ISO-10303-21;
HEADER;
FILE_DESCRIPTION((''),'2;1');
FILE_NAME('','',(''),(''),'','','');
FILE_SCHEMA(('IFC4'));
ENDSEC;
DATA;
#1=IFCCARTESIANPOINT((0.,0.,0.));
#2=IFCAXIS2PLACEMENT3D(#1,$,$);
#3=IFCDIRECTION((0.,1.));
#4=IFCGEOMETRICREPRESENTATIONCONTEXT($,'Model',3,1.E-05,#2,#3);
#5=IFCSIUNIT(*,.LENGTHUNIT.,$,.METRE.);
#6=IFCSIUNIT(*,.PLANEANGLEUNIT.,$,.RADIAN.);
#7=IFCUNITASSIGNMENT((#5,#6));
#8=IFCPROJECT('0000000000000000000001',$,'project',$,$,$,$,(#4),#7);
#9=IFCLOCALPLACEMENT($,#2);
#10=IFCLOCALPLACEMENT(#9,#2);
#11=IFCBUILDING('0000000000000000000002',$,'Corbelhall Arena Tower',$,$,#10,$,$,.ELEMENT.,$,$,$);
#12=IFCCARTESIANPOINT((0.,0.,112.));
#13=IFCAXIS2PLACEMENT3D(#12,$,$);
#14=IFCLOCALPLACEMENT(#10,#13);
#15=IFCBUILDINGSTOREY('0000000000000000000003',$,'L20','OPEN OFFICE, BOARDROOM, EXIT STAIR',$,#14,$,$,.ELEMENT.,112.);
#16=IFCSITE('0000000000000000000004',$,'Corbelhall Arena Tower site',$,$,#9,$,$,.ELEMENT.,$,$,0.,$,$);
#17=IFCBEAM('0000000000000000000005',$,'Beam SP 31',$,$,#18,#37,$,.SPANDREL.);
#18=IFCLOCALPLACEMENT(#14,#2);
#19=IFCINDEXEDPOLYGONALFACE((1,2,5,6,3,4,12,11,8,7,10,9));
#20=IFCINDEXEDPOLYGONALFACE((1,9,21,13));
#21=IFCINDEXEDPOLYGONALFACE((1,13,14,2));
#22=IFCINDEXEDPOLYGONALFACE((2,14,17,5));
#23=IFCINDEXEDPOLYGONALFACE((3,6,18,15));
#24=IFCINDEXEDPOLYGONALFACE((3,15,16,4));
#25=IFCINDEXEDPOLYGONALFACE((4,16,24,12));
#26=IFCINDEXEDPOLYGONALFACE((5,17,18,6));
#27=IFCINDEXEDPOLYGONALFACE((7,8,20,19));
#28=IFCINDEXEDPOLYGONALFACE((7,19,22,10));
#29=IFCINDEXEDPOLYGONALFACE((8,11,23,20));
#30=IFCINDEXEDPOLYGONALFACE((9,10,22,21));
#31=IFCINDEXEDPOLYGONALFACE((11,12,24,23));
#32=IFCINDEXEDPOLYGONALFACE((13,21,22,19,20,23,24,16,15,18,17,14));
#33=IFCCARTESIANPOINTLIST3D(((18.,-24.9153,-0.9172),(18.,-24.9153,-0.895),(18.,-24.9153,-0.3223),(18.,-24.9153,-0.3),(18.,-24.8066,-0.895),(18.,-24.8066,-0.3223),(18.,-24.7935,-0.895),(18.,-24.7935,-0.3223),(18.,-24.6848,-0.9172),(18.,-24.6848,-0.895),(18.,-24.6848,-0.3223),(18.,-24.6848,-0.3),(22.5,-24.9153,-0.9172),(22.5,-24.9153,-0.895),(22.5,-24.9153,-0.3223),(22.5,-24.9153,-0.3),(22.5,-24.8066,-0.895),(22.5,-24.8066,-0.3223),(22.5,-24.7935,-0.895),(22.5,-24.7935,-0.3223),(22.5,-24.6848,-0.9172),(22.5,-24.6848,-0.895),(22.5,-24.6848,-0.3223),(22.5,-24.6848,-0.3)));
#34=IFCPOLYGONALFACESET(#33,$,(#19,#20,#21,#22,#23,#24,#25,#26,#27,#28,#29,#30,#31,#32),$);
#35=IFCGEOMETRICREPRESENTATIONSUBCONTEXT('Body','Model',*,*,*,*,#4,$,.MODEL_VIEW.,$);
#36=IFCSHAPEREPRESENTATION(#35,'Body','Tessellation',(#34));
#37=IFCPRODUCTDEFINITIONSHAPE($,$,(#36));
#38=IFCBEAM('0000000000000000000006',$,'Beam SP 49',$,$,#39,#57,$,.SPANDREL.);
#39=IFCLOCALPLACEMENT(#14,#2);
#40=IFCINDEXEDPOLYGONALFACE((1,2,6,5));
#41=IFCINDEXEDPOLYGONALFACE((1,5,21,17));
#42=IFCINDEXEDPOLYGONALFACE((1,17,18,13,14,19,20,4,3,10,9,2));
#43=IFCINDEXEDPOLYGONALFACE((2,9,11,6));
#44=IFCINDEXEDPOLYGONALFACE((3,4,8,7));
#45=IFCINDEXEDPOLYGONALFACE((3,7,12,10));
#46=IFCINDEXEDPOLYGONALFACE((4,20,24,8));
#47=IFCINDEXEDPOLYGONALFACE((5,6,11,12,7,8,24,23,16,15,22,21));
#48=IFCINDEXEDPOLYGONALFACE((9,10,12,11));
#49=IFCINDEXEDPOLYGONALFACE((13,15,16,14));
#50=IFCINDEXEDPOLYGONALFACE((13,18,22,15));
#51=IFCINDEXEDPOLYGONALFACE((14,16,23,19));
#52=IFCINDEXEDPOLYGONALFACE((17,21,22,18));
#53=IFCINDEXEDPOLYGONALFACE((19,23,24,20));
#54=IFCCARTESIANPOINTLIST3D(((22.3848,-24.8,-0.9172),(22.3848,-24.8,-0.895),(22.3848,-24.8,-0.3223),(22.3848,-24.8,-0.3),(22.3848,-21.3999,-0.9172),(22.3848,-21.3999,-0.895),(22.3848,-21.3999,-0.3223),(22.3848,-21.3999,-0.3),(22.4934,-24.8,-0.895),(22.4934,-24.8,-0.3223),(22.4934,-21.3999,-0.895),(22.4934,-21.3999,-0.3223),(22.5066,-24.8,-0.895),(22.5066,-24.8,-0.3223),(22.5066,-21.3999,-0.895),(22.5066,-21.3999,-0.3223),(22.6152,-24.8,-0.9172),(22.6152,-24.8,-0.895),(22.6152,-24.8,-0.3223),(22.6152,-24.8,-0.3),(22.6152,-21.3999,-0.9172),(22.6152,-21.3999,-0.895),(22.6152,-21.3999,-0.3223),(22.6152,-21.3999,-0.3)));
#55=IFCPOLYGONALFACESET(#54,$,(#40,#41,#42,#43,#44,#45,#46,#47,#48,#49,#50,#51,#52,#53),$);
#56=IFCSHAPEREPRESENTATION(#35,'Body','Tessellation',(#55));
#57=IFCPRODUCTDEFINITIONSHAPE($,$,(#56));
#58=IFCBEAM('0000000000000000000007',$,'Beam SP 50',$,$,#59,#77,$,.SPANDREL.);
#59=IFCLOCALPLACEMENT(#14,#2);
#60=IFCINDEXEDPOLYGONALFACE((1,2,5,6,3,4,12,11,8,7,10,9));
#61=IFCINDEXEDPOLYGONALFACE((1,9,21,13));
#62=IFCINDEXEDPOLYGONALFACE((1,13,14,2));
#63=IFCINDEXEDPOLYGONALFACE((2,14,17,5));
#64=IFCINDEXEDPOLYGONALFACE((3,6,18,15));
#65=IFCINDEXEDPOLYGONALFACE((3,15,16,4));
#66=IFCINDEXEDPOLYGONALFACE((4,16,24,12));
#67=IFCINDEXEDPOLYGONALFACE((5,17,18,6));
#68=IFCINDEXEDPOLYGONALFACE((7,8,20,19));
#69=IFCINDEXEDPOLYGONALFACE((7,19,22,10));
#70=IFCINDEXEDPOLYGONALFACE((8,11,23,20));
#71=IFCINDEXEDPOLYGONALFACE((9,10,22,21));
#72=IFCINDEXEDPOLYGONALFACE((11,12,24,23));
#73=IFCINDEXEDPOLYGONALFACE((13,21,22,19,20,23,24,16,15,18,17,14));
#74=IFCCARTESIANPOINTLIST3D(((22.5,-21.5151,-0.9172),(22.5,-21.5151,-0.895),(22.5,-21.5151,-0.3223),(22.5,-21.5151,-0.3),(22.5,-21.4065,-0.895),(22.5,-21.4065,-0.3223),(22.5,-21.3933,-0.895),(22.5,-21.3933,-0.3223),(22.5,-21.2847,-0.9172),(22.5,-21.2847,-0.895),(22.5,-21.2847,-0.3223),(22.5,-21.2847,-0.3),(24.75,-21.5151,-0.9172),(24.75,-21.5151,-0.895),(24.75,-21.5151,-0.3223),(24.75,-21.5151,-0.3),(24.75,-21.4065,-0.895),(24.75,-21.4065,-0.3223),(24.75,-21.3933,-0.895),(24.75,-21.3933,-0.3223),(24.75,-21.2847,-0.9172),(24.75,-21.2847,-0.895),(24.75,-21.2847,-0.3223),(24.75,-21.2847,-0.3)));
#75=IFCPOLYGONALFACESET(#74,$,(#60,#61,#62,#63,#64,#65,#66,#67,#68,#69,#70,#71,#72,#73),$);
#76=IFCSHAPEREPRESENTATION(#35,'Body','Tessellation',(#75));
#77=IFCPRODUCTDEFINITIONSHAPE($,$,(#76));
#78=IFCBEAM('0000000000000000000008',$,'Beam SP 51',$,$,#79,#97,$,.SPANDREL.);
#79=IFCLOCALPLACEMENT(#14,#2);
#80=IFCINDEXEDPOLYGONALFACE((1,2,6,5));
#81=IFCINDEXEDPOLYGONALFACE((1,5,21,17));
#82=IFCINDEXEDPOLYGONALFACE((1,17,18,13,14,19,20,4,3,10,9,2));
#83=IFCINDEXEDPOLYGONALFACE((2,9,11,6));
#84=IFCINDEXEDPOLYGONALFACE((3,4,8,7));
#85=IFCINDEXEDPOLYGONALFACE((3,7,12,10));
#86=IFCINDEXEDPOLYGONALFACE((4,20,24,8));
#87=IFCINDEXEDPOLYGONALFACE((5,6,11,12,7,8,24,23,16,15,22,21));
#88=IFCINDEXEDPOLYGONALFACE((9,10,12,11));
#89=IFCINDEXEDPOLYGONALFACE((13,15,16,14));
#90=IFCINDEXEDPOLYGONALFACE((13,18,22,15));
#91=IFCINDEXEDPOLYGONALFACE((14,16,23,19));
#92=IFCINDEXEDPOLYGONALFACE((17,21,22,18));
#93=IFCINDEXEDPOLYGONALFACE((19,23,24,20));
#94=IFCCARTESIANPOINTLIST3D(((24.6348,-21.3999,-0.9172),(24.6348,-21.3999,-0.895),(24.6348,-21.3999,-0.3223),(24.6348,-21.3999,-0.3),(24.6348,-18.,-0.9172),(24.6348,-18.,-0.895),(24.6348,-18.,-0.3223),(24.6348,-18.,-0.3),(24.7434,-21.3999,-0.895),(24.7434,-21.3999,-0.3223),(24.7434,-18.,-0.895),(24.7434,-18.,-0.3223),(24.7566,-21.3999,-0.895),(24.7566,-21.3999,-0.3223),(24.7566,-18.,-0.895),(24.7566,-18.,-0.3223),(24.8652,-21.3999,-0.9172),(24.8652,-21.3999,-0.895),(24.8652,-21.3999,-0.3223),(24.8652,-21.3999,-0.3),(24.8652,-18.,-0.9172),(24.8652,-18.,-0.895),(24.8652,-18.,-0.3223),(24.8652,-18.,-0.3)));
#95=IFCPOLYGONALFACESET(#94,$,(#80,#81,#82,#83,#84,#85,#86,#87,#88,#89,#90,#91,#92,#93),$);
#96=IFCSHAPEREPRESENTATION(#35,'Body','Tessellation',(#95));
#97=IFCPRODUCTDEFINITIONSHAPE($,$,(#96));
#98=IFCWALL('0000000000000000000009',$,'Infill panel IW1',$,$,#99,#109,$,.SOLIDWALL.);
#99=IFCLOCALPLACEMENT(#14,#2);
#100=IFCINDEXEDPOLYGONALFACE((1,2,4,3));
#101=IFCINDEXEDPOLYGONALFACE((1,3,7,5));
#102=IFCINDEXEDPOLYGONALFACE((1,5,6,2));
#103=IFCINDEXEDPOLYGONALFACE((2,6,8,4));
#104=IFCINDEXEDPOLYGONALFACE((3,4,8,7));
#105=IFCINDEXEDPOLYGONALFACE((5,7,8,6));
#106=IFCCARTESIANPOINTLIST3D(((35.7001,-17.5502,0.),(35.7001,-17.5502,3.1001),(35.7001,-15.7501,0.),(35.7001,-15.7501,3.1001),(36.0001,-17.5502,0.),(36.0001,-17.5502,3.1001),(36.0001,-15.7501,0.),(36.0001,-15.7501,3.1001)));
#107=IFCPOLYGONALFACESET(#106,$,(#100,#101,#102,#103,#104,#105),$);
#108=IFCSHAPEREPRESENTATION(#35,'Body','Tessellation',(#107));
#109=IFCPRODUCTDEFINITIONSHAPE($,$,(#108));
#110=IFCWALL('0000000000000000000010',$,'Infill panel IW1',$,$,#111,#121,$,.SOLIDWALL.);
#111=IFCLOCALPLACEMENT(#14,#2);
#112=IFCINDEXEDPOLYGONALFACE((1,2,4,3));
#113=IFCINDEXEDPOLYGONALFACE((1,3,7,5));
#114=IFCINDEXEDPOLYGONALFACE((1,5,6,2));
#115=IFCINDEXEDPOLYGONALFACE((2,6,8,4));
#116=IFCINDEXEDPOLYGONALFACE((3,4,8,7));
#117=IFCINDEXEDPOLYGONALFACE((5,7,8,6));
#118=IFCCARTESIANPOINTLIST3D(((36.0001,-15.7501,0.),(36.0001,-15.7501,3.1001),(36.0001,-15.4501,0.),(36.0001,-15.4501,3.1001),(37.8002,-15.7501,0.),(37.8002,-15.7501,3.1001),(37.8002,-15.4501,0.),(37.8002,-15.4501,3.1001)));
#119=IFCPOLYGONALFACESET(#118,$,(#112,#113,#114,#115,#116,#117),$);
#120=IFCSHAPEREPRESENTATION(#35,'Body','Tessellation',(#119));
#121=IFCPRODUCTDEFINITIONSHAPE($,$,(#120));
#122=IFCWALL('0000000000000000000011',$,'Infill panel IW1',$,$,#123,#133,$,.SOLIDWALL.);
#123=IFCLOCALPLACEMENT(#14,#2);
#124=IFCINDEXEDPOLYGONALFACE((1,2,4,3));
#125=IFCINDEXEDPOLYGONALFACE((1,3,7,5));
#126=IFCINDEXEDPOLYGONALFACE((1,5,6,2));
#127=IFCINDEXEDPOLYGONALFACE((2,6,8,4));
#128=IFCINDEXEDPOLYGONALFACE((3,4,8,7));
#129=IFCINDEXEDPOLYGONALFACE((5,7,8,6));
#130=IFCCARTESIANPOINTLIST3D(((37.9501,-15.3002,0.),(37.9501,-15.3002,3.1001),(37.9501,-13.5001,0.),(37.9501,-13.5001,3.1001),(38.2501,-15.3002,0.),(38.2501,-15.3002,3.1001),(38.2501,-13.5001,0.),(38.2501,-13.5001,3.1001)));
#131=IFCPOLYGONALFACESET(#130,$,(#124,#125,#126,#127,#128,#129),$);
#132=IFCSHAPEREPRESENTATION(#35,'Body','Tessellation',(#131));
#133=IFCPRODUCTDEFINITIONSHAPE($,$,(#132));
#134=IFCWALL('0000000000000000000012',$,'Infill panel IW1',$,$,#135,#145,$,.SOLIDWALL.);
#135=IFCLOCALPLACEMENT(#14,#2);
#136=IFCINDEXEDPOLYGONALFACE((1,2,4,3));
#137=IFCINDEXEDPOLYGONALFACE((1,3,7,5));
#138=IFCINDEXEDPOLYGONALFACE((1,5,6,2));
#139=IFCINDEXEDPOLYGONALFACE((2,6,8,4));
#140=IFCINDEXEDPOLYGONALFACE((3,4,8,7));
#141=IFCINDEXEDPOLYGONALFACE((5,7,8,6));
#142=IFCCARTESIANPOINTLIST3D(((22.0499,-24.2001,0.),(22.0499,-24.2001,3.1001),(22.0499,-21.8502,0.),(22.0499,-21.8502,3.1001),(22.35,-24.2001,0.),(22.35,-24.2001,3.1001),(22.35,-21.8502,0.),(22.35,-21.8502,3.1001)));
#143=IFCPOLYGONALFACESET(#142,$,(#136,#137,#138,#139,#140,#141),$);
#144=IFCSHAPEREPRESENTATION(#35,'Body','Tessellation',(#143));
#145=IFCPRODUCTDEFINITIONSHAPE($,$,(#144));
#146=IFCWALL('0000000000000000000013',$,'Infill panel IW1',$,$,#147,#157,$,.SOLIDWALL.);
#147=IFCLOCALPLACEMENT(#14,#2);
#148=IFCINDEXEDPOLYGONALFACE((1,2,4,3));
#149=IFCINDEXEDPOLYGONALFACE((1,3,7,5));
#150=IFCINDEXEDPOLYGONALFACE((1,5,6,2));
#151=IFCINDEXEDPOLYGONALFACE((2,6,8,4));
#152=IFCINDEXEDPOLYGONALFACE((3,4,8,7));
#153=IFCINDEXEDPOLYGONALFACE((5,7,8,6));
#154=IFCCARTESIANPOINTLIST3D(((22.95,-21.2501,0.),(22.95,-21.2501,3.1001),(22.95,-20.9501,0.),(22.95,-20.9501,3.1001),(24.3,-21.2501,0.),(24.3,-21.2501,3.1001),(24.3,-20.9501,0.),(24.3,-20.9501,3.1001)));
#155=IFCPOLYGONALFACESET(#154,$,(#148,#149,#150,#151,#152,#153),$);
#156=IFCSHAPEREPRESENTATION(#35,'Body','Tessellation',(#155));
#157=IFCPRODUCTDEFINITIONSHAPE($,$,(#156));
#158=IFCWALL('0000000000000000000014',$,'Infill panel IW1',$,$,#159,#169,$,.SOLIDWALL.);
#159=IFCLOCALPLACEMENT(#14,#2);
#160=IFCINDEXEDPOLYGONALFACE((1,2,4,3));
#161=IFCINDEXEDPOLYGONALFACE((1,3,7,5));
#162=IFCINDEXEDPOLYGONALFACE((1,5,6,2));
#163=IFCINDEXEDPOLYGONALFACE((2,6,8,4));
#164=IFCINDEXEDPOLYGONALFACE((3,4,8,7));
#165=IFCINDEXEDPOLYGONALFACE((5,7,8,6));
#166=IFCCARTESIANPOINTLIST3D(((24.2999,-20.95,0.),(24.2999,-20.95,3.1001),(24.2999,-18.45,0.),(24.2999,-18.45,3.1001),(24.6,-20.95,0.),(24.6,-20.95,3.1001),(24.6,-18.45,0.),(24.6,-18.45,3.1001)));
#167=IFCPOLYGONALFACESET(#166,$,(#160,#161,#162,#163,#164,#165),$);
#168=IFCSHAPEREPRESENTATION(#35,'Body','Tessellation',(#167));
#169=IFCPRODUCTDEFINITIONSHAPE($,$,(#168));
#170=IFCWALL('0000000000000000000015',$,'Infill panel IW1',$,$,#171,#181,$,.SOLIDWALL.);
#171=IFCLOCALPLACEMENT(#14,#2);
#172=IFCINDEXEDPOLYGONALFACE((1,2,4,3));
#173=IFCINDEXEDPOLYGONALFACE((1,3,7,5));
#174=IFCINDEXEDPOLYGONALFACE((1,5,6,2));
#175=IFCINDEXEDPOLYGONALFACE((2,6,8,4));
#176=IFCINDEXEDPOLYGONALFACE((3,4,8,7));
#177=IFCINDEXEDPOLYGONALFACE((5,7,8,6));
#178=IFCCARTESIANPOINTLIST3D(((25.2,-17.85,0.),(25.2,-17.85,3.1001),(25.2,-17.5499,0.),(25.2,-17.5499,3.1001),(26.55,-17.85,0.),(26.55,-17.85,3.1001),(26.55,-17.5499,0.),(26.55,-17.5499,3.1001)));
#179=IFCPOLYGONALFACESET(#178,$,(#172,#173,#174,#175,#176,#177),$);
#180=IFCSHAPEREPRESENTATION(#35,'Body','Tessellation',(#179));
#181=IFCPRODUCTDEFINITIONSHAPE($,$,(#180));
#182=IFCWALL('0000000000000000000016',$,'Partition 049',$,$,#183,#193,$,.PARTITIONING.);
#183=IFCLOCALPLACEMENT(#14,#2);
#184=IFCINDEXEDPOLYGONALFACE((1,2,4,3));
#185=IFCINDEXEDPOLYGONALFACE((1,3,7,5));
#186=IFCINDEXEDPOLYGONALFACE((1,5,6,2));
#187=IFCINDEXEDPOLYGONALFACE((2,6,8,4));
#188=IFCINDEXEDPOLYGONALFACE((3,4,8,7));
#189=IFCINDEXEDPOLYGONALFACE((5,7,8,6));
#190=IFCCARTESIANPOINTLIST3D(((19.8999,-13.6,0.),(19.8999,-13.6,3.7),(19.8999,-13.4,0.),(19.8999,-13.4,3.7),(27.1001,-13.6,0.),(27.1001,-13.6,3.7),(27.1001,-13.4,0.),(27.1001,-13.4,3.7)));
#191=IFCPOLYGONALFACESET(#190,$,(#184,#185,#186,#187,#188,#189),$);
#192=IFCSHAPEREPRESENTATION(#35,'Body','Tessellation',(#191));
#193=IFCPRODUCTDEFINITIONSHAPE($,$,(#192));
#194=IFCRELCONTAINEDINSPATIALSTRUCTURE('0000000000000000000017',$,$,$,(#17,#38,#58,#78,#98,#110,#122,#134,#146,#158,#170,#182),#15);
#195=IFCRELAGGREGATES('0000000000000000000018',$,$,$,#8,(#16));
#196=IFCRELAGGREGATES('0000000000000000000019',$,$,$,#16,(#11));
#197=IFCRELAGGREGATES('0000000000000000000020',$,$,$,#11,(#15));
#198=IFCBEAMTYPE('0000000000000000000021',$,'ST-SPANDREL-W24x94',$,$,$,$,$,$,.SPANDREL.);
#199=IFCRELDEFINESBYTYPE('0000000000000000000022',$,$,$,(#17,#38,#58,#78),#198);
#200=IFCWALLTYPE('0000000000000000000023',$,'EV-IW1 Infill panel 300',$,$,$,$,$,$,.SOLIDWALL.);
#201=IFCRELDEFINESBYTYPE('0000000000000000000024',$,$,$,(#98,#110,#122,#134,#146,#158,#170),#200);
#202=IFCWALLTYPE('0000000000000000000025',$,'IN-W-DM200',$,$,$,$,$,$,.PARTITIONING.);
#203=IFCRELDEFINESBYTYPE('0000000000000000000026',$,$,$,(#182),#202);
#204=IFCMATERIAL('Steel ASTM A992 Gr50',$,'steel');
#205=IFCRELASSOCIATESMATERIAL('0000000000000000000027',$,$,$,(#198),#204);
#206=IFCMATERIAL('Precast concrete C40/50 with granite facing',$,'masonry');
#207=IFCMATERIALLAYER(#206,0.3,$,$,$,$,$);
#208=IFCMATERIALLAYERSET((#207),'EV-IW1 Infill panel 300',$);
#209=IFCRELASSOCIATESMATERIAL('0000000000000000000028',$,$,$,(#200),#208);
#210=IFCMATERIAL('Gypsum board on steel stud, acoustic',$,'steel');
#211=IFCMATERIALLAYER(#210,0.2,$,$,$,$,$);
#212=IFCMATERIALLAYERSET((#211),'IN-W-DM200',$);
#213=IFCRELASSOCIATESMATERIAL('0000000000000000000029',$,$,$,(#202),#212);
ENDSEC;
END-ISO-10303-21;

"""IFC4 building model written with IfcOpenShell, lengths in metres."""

from ifc_helpers import new_model, si_unit, direction, frame, frame_2d, origin, origin_2d, place, context, subcontext, project, spatial, rectangle, i_section, extrude, material, layer, layer_set, material_profile, profile_set, type_object, element, save


model = new_model("IFC4")

# Units and contexts
model_context = context("Model", 3, precision=1e-05, world=origin(), true_north=direction((0.0, 1.0)))
body_context = subcontext(model_context, "Body", "Model", "MODEL_VIEW")
ifc_project = project(units=[si_unit("LENGTHUNIT", "METRE"), si_unit("PLANEANGLEUNIT", "RADIAN")], contexts=[model_context])

# Site, building, storey
site_placement = place(None, origin())
site = spatial("IfcSite", under=ifc_project, at=site_placement, Name="Corbelhall Arena Tower site", CompositionType="ELEMENT", RefElevation=0.0)
building_placement = place(site_placement, origin())
building = spatial("IfcBuilding", under=site, at=building_placement, Name="Corbelhall Arena Tower", CompositionType="ELEMENT")
storey_placement = place(building_placement, frame((0.0, 0.0, 112.0)))
storey = spatial("IfcBuildingStorey", under=building, at=storey_placement, Name="L20", Description="OPEN OFFICE, BOARDROOM, EXIT STAIR", CompositionType="ELEMENT", Elevation=112.0)

# Beams
ifc_material_1 = material(Name="Steel ASTM A992 Gr50", Category="steel")
ifc_material_profile_1 = material_profile(ifc_material_1, i_section(OverallWidth=0.2305, OverallDepth=0.6172, WebThickness=0.0132, FlangeThickness=0.0222, at=origin_2d()))
ifc_profile_set_1 = profile_set([ifc_material_profile_1], Name="Steel ASTM A992 Gr50")
beam_type = type_object("IfcBeamType", Name="ST-SPANDREL-W24x94", PredefinedType="SPANDREL", material=ifc_profile_set_1)
beam_1_placement = place(storey_placement, frame((22.5, -24.8, -0.6086), z_axis=(-1.0, 0.0, 0.0), x_axis=(0.0, -1.0, 0.0)))
element("IfcBeam", 1, at=beam_1_placement, inside=storey, type_object=beam_type, Name="Beam SP 31", PredefinedType="SPANDREL", context=body_context, shape_type="SweptSolid", body=[
    extrude(i_section(OverallWidth=0.2305, OverallDepth=0.6172, WebThickness=0.0132, FlangeThickness=0.0222, at=origin_2d()), origin(), (0.0, 0.0, 1.0), 4.5),
])
beam_2_placement = place(storey_placement, frame((22.5, -21.3999, -0.6086), z_axis=(0.0, -1.0, 0.0), x_axis=(1.0, 0.0, 0.0)))
element("IfcBeam", 2, at=beam_2_placement, inside=storey, type_object=beam_type, Name="Beam SP 49", PredefinedType="SPANDREL", context=body_context, shape_type="SweptSolid", body=[
    extrude(i_section(OverallWidth=0.2305, OverallDepth=0.6172, WebThickness=0.0132, FlangeThickness=0.0222, at=origin_2d()), origin(), (0.0, 0.0, 1.0), 3.4001),
])
beam_3_placement = place(storey_placement, frame((24.75, -21.3999, -0.6086), z_axis=(-1.0, 0.0, 0.0), x_axis=(0.0, -1.0, 0.0)))
element("IfcBeam", 3, at=beam_3_placement, inside=storey, type_object=beam_type, Name="Beam SP 50", PredefinedType="SPANDREL", context=body_context, shape_type="SweptSolid", body=[
    extrude(i_section(OverallWidth=0.2305, OverallDepth=0.6172, WebThickness=0.0132, FlangeThickness=0.0222, at=origin_2d()), origin(), (0.0, 0.0, 1.0), 2.25),
])
beam_4_placement = place(storey_placement, frame((24.75, -18.0, -0.6086), z_axis=(0.0, -1.0, 0.0), x_axis=(1.0, 0.0, 0.0)))
element("IfcBeam", 4, at=beam_4_placement, inside=storey, type_object=beam_type, Name="Beam SP 51", PredefinedType="SPANDREL", context=body_context, shape_type="SweptSolid", body=[
    extrude(i_section(OverallWidth=0.2305, OverallDepth=0.6172, WebThickness=0.0132, FlangeThickness=0.0222, at=origin_2d()), origin(), (0.0, 0.0, 1.0), 3.3999),
])

# Walls
ifc_material_2 = material(Name="Precast concrete C40/50 with granite facing", Category="masonry")
ifc_layer_1 = layer(ifc_material_2, 0.3)
ifc_layer_set_1 = layer_set([ifc_layer_1], Name="EV-IW1 Infill panel 300")
wall_type_1 = type_object("IfcWallType", Name="EV-IW1 Infill panel 300", PredefinedType="SOLIDWALL", material=ifc_layer_set_1)
for number, where, z_axis, x_axis, name in (
    (5, (35.8501, -17.55, 0.0), (0.0, 0.0, 1.0), (0.0, 1.0, 0.0), "Infill panel IW1"),
    (6, (37.8, -15.6001, 0.0), (0.0, 0.0, 1.0), (-1.0, 0.0, 0.0), "Infill panel IW1"),
    (7, (38.1001, -15.3, 0.0), (0.0, 0.0, 1.0), (0.0, 1.0, 0.0), "Infill panel IW1"),
):
    element("IfcWall", number, at=place(storey_placement, frame(where, z_axis=z_axis, x_axis=x_axis)), inside=storey, type_object=wall_type_1, Name=name, PredefinedType="SOLIDWALL", context=body_context, shape_type="SweptSolid", body=[
        extrude(rectangle(XDim=1.8, YDim=0.3, at=frame_2d((0.8999, 0.0))), origin(), (0.0, 0.0, 1.0), 3.1001),
    ])

# Walls
wall_1_placement = place(storey_placement, frame((22.2, -24.2, 0.0), z_axis=(0.0, 0.0, 1.0), x_axis=(0.0, 1.0, 0.0)))
element("IfcWall", 8, at=wall_1_placement, inside=storey, type_object=wall_type_1, Name="Infill panel IW1", PredefinedType="SOLIDWALL", context=body_context, shape_type="SweptSolid", body=[
    extrude(rectangle(XDim=2.3499, YDim=0.3, at=frame_2d((1.1748, 0.0))), origin(), (0.0, 0.0, 1.0), 3.1001),
])
wall_2_placement = place(storey_placement, frame((22.95, -21.1001, 0.0), z_axis=(0.0, 0.0, 1.0), x_axis=(1.0, 0.0, 0.0)))
element("IfcWall", 9, at=wall_2_placement, inside=storey, type_object=wall_type_1, Name="Infill panel IW1", PredefinedType="SOLIDWALL", context=body_context, shape_type="SweptSolid", body=[
    extrude(rectangle(XDim=1.3501, YDim=0.3, at=frame_2d((0.675, 0.0))), origin(), (0.0, 0.0, 1.0), 3.1001),
])
wall_3_placement = place(storey_placement, frame((24.45, -20.95, 0.0), z_axis=(0.0, 0.0, 1.0), x_axis=(0.0, 1.0, 0.0)))
element("IfcWall", 10, at=wall_3_placement, inside=storey, type_object=wall_type_1, Name="Infill panel IW1", PredefinedType="SOLIDWALL", context=body_context, shape_type="SweptSolid", body=[
    extrude(rectangle(XDim=2.5, YDim=0.3, at=frame_2d((1.25, 0.0))), origin(), (0.0, 0.0, 1.0), 3.1001),
])
wall_4_placement = place(storey_placement, frame((25.2, -17.7, 0.0), z_axis=(0.0, 0.0, 1.0), x_axis=(1.0, 0.0, 0.0)))
element("IfcWall", 11, at=wall_4_placement, inside=storey, type_object=wall_type_1, Name="Infill panel IW1", PredefinedType="SOLIDWALL", context=body_context, shape_type="SweptSolid", body=[
    extrude(rectangle(XDim=1.3501, YDim=0.3, at=frame_2d((0.675, 0.0))), origin(), (0.0, 0.0, 1.0), 3.1001),
])

# Wall
ifc_material_3 = material(Name="Gypsum board on steel stud, acoustic", Category="steel")
ifc_layer_2 = layer(ifc_material_3, 0.2)
ifc_layer_set_2 = layer_set([ifc_layer_2], Name="IN-W-DM200")
wall_type_2 = type_object("IfcWallType", Name="IN-W-DM200", PredefinedType="PARTITIONING", material=ifc_layer_set_2)
wall_5_placement = place(storey_placement, frame((19.8999, -13.5, 0.0), z_axis=(0.0, 0.0, 1.0), x_axis=(1.0, 0.0, 0.0)))
element("IfcWall", 12, at=wall_5_placement, inside=storey, type_object=wall_type_2, Name="Partition 049", PredefinedType="PARTITIONING", context=body_context, shape_type="SweptSolid", body=[
    extrude(rectangle(XDim=7.2002, YDim=0.2, at=frame_2d((3.6001, 0.0))), origin(), (0.0, 0.0, 1.0), 3.7),
])

save(model, "model.ifc")
